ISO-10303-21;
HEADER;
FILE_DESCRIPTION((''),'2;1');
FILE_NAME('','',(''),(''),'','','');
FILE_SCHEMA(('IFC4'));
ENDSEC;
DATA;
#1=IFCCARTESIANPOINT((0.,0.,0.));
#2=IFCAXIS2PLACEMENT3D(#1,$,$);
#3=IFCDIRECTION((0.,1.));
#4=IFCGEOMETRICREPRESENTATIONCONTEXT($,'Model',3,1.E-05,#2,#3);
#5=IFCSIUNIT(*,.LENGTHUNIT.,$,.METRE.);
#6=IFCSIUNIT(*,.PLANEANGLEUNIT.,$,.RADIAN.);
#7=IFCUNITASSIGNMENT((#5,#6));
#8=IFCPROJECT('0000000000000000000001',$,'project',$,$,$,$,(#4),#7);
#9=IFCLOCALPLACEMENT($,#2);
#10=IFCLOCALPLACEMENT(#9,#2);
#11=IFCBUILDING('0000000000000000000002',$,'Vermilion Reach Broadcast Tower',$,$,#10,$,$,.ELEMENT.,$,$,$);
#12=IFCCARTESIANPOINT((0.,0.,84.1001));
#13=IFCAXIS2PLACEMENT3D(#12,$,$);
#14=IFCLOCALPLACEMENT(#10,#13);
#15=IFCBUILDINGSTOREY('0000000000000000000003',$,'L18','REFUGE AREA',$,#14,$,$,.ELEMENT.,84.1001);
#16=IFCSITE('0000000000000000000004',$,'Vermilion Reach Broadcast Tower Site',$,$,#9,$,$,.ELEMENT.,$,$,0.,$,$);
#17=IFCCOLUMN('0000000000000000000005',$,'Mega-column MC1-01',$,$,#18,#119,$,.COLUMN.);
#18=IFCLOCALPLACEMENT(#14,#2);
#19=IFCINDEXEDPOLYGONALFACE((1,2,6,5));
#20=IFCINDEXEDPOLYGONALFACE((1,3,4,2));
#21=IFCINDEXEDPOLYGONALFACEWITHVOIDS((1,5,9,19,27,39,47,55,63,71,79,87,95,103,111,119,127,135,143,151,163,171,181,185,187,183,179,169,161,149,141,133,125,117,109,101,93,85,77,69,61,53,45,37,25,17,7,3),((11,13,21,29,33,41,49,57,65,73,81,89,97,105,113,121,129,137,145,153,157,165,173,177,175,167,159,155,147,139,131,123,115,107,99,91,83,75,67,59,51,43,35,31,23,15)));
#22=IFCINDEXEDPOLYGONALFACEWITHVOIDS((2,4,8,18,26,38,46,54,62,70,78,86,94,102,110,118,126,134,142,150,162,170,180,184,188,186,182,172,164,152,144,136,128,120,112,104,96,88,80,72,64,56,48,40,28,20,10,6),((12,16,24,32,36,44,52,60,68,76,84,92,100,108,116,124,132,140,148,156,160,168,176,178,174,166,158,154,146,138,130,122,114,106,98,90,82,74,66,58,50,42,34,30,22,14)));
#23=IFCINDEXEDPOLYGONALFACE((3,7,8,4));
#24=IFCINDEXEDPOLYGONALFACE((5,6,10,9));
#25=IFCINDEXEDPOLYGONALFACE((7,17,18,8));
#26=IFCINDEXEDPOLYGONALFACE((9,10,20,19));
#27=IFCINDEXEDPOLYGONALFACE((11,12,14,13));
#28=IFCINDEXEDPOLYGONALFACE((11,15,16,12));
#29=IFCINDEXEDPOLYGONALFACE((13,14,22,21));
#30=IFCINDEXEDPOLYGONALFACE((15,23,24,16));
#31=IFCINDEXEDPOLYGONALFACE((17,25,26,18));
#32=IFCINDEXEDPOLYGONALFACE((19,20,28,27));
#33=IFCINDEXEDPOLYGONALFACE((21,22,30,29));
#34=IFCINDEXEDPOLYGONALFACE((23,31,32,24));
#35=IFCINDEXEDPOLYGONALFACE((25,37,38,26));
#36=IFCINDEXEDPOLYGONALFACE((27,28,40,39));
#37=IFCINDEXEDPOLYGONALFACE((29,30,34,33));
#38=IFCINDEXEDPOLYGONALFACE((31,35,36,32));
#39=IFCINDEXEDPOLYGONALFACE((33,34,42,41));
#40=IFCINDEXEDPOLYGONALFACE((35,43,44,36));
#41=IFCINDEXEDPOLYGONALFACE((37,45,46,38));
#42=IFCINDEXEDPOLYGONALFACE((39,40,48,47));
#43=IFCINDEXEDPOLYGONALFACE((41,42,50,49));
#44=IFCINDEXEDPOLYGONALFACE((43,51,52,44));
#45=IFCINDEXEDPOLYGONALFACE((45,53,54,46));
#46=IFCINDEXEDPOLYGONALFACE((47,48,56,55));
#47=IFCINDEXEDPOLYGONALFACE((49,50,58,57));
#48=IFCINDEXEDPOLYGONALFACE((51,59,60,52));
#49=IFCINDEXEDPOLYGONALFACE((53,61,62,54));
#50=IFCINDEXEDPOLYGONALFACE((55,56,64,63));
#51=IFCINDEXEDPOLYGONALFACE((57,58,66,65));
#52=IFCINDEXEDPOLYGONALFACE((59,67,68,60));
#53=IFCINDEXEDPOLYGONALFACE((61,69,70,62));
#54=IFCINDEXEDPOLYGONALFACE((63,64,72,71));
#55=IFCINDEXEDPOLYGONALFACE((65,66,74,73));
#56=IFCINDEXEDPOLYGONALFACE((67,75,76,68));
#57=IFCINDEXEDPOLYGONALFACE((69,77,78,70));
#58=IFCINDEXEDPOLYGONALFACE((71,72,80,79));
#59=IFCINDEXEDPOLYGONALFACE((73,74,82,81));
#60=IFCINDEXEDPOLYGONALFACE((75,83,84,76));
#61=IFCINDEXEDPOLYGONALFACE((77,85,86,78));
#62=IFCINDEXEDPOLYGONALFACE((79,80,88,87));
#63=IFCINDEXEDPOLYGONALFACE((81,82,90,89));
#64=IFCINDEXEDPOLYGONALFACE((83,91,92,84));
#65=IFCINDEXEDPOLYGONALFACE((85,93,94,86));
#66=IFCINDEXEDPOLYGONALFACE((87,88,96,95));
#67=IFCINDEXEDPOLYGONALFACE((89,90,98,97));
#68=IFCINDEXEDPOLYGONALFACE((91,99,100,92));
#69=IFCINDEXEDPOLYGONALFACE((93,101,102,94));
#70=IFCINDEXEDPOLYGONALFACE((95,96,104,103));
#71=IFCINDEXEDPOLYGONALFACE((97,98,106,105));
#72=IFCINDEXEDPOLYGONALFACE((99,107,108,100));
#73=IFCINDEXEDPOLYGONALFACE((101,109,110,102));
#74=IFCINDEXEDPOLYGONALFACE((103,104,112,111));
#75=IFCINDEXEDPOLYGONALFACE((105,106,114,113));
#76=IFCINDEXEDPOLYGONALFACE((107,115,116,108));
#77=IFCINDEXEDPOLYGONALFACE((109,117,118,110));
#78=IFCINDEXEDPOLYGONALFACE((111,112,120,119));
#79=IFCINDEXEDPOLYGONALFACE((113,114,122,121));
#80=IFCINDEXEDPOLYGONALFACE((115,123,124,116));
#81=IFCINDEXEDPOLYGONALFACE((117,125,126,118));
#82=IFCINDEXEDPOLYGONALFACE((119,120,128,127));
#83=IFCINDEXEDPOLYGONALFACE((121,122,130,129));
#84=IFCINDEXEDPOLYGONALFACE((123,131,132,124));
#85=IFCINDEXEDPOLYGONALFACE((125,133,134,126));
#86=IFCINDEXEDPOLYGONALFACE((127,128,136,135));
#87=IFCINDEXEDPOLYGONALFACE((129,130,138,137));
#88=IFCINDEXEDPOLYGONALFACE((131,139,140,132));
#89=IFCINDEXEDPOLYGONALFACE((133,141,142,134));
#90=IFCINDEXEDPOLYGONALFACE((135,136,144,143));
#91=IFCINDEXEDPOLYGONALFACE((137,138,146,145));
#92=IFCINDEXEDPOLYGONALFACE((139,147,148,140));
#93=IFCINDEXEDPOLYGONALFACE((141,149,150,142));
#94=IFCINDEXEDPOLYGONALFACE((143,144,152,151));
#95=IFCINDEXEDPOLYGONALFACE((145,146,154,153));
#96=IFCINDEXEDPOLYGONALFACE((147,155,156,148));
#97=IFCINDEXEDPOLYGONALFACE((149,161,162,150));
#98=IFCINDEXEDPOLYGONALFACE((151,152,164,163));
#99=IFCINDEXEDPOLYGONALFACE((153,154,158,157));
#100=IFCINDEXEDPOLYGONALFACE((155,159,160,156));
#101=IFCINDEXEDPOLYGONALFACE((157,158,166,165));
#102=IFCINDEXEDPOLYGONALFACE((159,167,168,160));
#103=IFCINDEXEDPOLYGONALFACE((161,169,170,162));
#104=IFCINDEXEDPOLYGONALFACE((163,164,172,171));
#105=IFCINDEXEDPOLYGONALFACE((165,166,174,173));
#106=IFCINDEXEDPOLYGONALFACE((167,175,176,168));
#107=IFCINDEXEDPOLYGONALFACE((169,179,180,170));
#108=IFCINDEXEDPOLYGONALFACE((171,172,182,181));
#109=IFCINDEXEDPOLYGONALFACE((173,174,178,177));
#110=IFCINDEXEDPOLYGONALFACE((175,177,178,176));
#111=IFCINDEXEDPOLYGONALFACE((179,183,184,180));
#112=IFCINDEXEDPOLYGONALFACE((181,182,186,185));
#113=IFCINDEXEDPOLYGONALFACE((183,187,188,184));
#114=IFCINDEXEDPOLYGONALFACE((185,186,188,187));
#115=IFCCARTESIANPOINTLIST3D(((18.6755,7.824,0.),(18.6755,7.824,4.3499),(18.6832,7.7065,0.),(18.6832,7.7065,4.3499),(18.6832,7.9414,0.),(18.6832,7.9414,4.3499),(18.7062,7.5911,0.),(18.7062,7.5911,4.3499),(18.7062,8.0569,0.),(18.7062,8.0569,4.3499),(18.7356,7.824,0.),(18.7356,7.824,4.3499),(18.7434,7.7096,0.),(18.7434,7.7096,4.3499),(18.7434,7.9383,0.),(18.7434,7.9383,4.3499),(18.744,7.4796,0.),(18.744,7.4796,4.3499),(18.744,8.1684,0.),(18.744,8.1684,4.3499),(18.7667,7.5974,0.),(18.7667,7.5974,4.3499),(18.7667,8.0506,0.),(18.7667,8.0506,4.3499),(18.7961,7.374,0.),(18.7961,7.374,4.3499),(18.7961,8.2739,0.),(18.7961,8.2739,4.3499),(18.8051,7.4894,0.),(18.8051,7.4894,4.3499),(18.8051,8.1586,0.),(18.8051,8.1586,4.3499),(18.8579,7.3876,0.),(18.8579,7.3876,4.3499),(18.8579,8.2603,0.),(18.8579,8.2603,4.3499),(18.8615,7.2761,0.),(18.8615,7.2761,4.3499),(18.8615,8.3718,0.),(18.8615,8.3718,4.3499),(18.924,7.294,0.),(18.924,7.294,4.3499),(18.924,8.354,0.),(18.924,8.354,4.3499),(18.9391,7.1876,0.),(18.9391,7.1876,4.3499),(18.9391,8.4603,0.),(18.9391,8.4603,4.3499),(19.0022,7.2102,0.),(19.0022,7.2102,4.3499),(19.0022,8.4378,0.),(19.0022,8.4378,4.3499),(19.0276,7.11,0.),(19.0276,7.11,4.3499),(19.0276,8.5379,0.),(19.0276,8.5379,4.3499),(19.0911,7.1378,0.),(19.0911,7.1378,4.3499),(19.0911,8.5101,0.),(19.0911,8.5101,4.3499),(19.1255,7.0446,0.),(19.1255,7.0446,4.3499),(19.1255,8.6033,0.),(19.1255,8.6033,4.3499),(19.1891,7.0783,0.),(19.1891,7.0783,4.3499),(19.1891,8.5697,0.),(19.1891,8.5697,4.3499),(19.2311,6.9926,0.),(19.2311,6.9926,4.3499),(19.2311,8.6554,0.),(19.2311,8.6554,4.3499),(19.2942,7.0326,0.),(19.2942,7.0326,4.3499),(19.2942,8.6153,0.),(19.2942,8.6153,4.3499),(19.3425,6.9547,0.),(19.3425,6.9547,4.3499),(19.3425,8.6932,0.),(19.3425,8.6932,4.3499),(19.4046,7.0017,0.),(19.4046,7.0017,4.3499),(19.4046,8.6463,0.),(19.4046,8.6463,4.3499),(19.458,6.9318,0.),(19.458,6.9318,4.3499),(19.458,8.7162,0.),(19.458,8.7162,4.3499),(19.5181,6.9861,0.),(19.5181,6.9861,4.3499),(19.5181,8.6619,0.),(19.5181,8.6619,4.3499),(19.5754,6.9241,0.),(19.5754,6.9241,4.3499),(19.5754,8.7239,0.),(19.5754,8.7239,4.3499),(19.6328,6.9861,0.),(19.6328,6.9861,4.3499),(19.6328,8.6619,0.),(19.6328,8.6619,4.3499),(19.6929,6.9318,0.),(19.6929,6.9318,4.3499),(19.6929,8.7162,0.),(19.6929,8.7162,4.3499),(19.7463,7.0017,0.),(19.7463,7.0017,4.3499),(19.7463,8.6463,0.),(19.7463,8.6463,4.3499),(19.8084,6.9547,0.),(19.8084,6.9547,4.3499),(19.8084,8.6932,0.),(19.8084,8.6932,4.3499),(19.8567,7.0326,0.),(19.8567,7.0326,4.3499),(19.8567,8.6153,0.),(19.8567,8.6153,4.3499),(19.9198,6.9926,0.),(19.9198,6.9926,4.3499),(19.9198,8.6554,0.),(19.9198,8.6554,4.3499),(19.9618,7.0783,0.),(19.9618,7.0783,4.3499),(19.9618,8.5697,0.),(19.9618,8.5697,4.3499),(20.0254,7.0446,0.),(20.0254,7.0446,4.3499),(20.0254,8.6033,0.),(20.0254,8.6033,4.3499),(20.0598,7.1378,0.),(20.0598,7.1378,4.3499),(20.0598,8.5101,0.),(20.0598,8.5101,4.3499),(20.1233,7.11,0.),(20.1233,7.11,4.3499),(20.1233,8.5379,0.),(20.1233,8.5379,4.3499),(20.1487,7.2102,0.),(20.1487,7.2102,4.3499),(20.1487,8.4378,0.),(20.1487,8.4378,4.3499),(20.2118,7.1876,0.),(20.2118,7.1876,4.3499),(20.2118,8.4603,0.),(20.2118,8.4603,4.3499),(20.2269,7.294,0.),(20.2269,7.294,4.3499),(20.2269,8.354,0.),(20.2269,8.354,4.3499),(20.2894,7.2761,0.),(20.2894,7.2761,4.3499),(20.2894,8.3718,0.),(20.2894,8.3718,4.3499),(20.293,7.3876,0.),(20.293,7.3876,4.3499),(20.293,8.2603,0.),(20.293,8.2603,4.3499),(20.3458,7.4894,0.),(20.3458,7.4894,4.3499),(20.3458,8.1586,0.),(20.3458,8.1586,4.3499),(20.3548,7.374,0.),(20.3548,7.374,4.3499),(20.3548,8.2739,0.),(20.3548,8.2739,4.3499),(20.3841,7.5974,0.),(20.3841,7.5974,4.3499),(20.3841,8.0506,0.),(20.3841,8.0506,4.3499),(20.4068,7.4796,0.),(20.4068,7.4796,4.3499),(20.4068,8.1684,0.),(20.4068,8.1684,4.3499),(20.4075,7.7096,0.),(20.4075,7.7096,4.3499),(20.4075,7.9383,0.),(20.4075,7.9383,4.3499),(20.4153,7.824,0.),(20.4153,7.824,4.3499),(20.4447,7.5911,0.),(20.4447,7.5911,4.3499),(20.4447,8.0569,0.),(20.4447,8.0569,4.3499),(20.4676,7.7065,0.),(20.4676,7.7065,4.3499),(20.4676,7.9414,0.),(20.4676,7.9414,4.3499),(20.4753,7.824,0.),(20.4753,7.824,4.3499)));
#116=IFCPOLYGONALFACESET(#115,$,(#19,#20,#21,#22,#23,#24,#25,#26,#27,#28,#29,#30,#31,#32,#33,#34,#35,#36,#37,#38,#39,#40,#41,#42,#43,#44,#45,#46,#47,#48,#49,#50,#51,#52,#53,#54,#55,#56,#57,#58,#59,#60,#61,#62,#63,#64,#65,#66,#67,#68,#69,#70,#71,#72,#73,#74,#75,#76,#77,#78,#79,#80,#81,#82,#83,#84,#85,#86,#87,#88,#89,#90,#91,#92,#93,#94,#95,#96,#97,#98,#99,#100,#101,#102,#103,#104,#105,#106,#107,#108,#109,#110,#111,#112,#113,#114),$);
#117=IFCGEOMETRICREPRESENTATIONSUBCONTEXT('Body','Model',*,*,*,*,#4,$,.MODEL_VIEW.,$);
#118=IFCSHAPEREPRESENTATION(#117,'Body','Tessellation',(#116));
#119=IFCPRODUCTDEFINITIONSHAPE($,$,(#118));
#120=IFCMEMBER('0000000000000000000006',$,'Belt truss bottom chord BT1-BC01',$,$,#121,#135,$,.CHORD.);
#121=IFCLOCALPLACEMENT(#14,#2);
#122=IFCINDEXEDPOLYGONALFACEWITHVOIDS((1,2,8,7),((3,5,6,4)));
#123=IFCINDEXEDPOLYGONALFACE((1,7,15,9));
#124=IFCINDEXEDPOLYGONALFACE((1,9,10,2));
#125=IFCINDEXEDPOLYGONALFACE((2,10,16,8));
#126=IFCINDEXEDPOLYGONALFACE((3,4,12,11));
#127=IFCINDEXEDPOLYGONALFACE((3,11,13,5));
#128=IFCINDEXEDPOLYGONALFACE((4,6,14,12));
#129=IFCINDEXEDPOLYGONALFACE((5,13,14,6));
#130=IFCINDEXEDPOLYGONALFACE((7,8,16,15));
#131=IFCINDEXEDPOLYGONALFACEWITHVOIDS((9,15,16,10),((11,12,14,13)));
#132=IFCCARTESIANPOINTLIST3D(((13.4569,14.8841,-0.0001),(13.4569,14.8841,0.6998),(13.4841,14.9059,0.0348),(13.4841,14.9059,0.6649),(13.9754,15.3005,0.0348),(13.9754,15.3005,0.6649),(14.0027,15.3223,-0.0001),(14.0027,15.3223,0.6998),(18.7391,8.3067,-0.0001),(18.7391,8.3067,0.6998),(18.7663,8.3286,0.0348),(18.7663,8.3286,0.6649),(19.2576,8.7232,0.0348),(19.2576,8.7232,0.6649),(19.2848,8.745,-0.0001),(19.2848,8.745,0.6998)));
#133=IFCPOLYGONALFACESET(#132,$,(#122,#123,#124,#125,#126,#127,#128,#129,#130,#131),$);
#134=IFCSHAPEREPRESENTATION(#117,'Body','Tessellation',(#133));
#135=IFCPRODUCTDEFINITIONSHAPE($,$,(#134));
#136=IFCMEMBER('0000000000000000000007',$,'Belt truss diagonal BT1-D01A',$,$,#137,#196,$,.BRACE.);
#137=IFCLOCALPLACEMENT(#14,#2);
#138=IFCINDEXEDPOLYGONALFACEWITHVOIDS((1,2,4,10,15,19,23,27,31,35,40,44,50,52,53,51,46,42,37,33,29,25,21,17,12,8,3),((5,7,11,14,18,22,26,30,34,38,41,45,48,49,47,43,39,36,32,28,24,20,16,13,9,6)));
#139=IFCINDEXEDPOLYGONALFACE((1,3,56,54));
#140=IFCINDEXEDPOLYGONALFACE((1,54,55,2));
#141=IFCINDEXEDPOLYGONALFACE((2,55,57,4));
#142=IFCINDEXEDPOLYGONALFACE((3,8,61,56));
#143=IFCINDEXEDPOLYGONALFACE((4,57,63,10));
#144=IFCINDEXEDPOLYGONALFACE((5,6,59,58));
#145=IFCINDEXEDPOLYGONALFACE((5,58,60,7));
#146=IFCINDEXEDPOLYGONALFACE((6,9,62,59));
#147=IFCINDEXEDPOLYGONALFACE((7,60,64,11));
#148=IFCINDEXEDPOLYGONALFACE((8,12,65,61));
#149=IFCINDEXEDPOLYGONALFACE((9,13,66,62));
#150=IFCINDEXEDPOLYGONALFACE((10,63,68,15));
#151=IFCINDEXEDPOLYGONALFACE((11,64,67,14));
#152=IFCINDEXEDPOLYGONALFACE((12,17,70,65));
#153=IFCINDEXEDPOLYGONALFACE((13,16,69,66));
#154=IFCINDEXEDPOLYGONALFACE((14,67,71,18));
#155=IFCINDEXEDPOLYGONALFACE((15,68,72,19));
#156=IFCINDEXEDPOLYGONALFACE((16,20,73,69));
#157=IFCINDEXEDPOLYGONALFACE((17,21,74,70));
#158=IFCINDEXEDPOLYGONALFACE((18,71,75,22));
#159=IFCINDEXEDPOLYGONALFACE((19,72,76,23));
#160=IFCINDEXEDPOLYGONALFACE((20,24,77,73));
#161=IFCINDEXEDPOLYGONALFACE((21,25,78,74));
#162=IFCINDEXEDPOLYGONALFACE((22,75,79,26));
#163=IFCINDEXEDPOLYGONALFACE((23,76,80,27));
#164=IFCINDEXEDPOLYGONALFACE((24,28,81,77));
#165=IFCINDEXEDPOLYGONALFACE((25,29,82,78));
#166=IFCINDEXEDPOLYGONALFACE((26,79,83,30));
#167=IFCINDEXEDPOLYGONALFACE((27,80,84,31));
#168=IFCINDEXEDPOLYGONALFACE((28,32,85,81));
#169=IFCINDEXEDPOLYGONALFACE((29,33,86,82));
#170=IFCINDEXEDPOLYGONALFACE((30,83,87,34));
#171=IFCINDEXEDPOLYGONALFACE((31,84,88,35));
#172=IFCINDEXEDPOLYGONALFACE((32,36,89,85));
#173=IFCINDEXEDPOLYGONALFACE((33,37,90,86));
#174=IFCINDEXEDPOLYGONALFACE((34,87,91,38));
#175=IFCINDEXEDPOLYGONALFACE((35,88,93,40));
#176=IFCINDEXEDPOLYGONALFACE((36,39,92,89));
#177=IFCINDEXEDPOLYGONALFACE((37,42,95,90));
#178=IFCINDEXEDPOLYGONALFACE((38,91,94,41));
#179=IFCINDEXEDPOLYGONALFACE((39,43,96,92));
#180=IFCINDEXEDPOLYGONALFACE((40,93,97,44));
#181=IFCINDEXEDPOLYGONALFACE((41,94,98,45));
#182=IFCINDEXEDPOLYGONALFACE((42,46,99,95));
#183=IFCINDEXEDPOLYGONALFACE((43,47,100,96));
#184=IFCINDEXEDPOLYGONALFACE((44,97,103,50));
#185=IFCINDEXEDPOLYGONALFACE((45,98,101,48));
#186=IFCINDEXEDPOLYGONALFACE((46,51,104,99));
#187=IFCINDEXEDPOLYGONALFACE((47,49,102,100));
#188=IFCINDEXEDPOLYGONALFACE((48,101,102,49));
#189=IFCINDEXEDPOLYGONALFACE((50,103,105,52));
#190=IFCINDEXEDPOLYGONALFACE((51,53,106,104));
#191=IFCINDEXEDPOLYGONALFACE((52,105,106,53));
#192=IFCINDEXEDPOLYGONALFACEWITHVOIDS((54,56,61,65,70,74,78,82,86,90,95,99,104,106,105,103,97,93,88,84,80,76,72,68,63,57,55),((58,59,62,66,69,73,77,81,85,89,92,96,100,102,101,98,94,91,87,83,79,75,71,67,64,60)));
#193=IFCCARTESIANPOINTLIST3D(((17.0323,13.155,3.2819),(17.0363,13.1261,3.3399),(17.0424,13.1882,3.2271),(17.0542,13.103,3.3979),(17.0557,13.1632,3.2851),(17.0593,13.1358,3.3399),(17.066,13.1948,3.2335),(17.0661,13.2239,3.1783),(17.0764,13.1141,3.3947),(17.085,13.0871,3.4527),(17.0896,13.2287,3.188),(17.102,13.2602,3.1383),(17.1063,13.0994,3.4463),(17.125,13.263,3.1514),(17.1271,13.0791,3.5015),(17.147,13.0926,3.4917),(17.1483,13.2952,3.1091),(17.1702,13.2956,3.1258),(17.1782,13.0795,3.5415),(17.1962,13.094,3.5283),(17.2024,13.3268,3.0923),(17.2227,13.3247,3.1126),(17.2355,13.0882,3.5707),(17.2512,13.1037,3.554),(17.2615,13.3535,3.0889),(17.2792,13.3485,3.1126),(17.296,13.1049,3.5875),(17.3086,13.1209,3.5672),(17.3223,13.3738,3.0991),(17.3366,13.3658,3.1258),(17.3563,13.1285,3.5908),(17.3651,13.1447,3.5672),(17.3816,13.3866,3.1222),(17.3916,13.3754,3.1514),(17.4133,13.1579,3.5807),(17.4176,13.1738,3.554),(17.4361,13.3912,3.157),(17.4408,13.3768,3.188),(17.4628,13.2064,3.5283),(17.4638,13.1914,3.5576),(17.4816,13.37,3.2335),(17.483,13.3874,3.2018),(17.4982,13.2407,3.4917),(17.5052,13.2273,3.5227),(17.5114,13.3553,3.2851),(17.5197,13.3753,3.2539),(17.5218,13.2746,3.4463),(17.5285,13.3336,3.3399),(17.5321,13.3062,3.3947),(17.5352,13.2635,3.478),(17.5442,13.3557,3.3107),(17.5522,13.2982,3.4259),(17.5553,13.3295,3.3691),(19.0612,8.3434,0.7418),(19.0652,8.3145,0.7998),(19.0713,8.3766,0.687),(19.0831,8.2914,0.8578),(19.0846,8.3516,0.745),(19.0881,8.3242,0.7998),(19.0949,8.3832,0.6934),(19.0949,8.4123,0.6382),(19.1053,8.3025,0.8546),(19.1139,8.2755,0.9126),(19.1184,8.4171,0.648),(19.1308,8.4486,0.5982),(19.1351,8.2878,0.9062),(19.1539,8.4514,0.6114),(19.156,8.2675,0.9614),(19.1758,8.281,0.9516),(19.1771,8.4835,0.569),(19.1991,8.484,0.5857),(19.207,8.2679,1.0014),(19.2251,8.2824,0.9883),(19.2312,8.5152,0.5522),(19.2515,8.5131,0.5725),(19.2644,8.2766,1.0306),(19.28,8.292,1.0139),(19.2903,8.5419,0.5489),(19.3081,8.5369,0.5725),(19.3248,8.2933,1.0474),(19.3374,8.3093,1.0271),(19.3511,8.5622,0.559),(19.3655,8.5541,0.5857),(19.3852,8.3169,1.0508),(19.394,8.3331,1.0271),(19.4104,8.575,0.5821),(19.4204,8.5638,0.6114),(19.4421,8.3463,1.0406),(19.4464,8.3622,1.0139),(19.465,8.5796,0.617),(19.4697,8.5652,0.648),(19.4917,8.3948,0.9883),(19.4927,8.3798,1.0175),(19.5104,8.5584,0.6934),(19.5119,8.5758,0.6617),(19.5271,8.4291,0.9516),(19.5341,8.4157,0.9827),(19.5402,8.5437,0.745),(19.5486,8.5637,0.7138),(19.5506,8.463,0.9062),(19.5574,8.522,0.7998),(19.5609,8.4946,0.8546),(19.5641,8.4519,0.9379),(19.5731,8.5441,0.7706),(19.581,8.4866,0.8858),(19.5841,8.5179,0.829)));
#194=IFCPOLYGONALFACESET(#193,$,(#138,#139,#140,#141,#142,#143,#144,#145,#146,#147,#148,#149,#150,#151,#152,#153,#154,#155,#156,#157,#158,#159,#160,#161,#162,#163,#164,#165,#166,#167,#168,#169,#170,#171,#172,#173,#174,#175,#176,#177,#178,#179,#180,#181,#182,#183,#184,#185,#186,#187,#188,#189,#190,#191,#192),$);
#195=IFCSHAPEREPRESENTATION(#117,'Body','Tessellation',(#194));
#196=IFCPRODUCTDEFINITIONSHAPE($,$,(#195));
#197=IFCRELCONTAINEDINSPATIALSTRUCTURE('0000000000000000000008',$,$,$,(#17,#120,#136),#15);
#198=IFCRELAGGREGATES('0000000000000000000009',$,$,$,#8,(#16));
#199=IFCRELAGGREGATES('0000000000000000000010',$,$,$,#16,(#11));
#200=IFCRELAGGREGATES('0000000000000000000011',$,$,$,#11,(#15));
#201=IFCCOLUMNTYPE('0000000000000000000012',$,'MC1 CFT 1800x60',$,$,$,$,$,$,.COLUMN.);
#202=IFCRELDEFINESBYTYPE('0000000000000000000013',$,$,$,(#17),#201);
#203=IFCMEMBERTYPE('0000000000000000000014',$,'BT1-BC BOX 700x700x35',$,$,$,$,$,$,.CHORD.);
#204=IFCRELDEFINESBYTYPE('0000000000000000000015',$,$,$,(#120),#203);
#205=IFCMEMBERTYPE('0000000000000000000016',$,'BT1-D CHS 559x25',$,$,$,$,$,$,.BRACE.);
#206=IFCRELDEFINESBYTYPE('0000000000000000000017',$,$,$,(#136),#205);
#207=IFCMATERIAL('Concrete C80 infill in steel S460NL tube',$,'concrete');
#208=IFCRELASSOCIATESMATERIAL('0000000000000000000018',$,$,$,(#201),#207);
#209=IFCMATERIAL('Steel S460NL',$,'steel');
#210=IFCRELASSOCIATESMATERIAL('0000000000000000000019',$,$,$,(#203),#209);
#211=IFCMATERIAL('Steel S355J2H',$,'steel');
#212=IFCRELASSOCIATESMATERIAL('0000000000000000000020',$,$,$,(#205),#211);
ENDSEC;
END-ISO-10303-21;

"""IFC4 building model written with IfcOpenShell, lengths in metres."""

from ifc_helpers import new_model, si_unit, direction, frame, origin, origin_2d, place, context, subcontext, project, spatial, hollow_rectangle, hollow_circle, extrude, material, material_profile, profile_set, type_object, element, save


model = new_model("IFC4")

# Units and contexts
model_context = context("Model", 3, precision=1e-05, world=origin(), true_north=direction((0.0, 1.0)))
body_context = subcontext(model_context, "Body", "Model", "MODEL_VIEW")
ifc_project = project(units=[si_unit("LENGTHUNIT", "METRE"), si_unit("PLANEANGLEUNIT", "RADIAN")], contexts=[model_context])

# Site, building, storey
site_placement = place(None, origin())
site = spatial("IfcSite", under=ifc_project, at=site_placement, Name="Vermilion Reach Broadcast Tower Site", CompositionType="ELEMENT", RefElevation=0.0)
building_placement = place(site_placement, origin())
building = spatial("IfcBuilding", under=site, at=building_placement, Name="Vermilion Reach Broadcast Tower", CompositionType="ELEMENT")
storey_placement = place(building_placement, frame((0.0, 0.0, 84.1001)))
storey = spatial("IfcBuildingStorey", under=building, at=storey_placement, Name="L18", Description="REFUGE AREA", CompositionType="ELEMENT", Elevation=84.1001)

# Column
ifc_material_1 = material(Name="Concrete C80 infill in steel S460NL tube", Category="concrete")
ifc_material_profile_1 = material_profile(ifc_material_1, hollow_circle(Radius=0.8999, WallThickness=0.0601, at=origin_2d()), Name="Concrete C80 infill in steel S460NL tube CFT 1800x60")
ifc_profile_set_1 = profile_set([ifc_material_profile_1], Name="Concrete C80 infill in steel S460NL tube")
column_type = type_object("IfcColumnType", Name="MC1 CFT 1800x60", PredefinedType="COLUMN", material=ifc_profile_set_1)
column_placement = place(storey_placement, frame((19.5754, 7.824, 0.0), z_axis=(0.0, 0.0, 1.0), x_axis=(1.0, 0.0, 0.0)))
element("IfcColumn", 1, at=column_placement, inside=storey, type_object=column_type, Name="Mega-column MC1-01", PredefinedType="COLUMN", context=body_context, shape_type="SweptSolid", body=[
    extrude(hollow_circle(Radius=0.8999, WallThickness=0.0601, at=origin_2d()), origin(), (0.0, 0.0, 1.0), 4.3499),
])

# Members
ifc_material_2 = material(Name="Steel S460NL", Category="steel")
ifc_material_profile_2 = material_profile(ifc_material_2, hollow_rectangle(XDim=0.7, YDim=0.7, WallThickness=0.0349, at=origin_2d()), Name="S460NL BOX 700x700x35")
ifc_profile_set_2 = profile_set([ifc_material_profile_2], Name="Steel S460NL")
member_type_1 = type_object("IfcMemberType", Name="BT1-BC BOX 700x700x35", PredefinedType="CHORD", material=ifc_profile_set_2)
member_1_placement = place(storey_placement, frame((19.012, 8.5259, 0.3499), z_axis=(-0.626162, 0.779693, 0.0), x_axis=(-0.779693, -0.626162, 0.0)))
element("IfcMember", 2, at=member_1_placement, inside=storey, type_object=member_type_1, Name="Belt truss bottom chord BT1-BC01", PredefinedType="CHORD", context=body_context, shape_type="SweptSolid", body=[
    extrude(hollow_rectangle(XDim=0.7, YDim=0.7, WallThickness=0.0349, at=origin_2d()), origin(), (0.0, 0.0, 1.0), 8.4358),
])
ifc_material_3 = material(Name="Steel S355J2H", Category="steel")
ifc_material_profile_3 = material_profile(ifc_material_3, hollow_circle(Radius=0.2795, WallThickness=0.0249, at=origin_2d()), Name="S355J2H CHS 559x25")
ifc_profile_set_3 = profile_set([ifc_material_profile_3], Name="Steel S355J2H")
member_type_2 = type_object("IfcMemberType", Name="BT1-D CHS 559x25", PredefinedType="BRACE", material=ifc_profile_set_3)
member_2_placement = place(storey_placement, frame((19.3228, 8.4231, 0.7998), z_axis=(-0.349387, 0.828605, 0.437427), x_axis=(-0.921436, -0.388529, 0.0)))
element("IfcMember", 3, at=member_2_placement, inside=storey, type_object=member_type_2, Name="Belt truss diagonal BT1-D01A", PredefinedType="BRACE", context=body_context, shape_type="SweptSolid", body=[
    extrude(hollow_circle(Radius=0.2795, WallThickness=0.0249, at=origin_2d()), origin(), (0.0, 0.0, 1.0), 5.8069),
])

save(model, "model.ifc")
